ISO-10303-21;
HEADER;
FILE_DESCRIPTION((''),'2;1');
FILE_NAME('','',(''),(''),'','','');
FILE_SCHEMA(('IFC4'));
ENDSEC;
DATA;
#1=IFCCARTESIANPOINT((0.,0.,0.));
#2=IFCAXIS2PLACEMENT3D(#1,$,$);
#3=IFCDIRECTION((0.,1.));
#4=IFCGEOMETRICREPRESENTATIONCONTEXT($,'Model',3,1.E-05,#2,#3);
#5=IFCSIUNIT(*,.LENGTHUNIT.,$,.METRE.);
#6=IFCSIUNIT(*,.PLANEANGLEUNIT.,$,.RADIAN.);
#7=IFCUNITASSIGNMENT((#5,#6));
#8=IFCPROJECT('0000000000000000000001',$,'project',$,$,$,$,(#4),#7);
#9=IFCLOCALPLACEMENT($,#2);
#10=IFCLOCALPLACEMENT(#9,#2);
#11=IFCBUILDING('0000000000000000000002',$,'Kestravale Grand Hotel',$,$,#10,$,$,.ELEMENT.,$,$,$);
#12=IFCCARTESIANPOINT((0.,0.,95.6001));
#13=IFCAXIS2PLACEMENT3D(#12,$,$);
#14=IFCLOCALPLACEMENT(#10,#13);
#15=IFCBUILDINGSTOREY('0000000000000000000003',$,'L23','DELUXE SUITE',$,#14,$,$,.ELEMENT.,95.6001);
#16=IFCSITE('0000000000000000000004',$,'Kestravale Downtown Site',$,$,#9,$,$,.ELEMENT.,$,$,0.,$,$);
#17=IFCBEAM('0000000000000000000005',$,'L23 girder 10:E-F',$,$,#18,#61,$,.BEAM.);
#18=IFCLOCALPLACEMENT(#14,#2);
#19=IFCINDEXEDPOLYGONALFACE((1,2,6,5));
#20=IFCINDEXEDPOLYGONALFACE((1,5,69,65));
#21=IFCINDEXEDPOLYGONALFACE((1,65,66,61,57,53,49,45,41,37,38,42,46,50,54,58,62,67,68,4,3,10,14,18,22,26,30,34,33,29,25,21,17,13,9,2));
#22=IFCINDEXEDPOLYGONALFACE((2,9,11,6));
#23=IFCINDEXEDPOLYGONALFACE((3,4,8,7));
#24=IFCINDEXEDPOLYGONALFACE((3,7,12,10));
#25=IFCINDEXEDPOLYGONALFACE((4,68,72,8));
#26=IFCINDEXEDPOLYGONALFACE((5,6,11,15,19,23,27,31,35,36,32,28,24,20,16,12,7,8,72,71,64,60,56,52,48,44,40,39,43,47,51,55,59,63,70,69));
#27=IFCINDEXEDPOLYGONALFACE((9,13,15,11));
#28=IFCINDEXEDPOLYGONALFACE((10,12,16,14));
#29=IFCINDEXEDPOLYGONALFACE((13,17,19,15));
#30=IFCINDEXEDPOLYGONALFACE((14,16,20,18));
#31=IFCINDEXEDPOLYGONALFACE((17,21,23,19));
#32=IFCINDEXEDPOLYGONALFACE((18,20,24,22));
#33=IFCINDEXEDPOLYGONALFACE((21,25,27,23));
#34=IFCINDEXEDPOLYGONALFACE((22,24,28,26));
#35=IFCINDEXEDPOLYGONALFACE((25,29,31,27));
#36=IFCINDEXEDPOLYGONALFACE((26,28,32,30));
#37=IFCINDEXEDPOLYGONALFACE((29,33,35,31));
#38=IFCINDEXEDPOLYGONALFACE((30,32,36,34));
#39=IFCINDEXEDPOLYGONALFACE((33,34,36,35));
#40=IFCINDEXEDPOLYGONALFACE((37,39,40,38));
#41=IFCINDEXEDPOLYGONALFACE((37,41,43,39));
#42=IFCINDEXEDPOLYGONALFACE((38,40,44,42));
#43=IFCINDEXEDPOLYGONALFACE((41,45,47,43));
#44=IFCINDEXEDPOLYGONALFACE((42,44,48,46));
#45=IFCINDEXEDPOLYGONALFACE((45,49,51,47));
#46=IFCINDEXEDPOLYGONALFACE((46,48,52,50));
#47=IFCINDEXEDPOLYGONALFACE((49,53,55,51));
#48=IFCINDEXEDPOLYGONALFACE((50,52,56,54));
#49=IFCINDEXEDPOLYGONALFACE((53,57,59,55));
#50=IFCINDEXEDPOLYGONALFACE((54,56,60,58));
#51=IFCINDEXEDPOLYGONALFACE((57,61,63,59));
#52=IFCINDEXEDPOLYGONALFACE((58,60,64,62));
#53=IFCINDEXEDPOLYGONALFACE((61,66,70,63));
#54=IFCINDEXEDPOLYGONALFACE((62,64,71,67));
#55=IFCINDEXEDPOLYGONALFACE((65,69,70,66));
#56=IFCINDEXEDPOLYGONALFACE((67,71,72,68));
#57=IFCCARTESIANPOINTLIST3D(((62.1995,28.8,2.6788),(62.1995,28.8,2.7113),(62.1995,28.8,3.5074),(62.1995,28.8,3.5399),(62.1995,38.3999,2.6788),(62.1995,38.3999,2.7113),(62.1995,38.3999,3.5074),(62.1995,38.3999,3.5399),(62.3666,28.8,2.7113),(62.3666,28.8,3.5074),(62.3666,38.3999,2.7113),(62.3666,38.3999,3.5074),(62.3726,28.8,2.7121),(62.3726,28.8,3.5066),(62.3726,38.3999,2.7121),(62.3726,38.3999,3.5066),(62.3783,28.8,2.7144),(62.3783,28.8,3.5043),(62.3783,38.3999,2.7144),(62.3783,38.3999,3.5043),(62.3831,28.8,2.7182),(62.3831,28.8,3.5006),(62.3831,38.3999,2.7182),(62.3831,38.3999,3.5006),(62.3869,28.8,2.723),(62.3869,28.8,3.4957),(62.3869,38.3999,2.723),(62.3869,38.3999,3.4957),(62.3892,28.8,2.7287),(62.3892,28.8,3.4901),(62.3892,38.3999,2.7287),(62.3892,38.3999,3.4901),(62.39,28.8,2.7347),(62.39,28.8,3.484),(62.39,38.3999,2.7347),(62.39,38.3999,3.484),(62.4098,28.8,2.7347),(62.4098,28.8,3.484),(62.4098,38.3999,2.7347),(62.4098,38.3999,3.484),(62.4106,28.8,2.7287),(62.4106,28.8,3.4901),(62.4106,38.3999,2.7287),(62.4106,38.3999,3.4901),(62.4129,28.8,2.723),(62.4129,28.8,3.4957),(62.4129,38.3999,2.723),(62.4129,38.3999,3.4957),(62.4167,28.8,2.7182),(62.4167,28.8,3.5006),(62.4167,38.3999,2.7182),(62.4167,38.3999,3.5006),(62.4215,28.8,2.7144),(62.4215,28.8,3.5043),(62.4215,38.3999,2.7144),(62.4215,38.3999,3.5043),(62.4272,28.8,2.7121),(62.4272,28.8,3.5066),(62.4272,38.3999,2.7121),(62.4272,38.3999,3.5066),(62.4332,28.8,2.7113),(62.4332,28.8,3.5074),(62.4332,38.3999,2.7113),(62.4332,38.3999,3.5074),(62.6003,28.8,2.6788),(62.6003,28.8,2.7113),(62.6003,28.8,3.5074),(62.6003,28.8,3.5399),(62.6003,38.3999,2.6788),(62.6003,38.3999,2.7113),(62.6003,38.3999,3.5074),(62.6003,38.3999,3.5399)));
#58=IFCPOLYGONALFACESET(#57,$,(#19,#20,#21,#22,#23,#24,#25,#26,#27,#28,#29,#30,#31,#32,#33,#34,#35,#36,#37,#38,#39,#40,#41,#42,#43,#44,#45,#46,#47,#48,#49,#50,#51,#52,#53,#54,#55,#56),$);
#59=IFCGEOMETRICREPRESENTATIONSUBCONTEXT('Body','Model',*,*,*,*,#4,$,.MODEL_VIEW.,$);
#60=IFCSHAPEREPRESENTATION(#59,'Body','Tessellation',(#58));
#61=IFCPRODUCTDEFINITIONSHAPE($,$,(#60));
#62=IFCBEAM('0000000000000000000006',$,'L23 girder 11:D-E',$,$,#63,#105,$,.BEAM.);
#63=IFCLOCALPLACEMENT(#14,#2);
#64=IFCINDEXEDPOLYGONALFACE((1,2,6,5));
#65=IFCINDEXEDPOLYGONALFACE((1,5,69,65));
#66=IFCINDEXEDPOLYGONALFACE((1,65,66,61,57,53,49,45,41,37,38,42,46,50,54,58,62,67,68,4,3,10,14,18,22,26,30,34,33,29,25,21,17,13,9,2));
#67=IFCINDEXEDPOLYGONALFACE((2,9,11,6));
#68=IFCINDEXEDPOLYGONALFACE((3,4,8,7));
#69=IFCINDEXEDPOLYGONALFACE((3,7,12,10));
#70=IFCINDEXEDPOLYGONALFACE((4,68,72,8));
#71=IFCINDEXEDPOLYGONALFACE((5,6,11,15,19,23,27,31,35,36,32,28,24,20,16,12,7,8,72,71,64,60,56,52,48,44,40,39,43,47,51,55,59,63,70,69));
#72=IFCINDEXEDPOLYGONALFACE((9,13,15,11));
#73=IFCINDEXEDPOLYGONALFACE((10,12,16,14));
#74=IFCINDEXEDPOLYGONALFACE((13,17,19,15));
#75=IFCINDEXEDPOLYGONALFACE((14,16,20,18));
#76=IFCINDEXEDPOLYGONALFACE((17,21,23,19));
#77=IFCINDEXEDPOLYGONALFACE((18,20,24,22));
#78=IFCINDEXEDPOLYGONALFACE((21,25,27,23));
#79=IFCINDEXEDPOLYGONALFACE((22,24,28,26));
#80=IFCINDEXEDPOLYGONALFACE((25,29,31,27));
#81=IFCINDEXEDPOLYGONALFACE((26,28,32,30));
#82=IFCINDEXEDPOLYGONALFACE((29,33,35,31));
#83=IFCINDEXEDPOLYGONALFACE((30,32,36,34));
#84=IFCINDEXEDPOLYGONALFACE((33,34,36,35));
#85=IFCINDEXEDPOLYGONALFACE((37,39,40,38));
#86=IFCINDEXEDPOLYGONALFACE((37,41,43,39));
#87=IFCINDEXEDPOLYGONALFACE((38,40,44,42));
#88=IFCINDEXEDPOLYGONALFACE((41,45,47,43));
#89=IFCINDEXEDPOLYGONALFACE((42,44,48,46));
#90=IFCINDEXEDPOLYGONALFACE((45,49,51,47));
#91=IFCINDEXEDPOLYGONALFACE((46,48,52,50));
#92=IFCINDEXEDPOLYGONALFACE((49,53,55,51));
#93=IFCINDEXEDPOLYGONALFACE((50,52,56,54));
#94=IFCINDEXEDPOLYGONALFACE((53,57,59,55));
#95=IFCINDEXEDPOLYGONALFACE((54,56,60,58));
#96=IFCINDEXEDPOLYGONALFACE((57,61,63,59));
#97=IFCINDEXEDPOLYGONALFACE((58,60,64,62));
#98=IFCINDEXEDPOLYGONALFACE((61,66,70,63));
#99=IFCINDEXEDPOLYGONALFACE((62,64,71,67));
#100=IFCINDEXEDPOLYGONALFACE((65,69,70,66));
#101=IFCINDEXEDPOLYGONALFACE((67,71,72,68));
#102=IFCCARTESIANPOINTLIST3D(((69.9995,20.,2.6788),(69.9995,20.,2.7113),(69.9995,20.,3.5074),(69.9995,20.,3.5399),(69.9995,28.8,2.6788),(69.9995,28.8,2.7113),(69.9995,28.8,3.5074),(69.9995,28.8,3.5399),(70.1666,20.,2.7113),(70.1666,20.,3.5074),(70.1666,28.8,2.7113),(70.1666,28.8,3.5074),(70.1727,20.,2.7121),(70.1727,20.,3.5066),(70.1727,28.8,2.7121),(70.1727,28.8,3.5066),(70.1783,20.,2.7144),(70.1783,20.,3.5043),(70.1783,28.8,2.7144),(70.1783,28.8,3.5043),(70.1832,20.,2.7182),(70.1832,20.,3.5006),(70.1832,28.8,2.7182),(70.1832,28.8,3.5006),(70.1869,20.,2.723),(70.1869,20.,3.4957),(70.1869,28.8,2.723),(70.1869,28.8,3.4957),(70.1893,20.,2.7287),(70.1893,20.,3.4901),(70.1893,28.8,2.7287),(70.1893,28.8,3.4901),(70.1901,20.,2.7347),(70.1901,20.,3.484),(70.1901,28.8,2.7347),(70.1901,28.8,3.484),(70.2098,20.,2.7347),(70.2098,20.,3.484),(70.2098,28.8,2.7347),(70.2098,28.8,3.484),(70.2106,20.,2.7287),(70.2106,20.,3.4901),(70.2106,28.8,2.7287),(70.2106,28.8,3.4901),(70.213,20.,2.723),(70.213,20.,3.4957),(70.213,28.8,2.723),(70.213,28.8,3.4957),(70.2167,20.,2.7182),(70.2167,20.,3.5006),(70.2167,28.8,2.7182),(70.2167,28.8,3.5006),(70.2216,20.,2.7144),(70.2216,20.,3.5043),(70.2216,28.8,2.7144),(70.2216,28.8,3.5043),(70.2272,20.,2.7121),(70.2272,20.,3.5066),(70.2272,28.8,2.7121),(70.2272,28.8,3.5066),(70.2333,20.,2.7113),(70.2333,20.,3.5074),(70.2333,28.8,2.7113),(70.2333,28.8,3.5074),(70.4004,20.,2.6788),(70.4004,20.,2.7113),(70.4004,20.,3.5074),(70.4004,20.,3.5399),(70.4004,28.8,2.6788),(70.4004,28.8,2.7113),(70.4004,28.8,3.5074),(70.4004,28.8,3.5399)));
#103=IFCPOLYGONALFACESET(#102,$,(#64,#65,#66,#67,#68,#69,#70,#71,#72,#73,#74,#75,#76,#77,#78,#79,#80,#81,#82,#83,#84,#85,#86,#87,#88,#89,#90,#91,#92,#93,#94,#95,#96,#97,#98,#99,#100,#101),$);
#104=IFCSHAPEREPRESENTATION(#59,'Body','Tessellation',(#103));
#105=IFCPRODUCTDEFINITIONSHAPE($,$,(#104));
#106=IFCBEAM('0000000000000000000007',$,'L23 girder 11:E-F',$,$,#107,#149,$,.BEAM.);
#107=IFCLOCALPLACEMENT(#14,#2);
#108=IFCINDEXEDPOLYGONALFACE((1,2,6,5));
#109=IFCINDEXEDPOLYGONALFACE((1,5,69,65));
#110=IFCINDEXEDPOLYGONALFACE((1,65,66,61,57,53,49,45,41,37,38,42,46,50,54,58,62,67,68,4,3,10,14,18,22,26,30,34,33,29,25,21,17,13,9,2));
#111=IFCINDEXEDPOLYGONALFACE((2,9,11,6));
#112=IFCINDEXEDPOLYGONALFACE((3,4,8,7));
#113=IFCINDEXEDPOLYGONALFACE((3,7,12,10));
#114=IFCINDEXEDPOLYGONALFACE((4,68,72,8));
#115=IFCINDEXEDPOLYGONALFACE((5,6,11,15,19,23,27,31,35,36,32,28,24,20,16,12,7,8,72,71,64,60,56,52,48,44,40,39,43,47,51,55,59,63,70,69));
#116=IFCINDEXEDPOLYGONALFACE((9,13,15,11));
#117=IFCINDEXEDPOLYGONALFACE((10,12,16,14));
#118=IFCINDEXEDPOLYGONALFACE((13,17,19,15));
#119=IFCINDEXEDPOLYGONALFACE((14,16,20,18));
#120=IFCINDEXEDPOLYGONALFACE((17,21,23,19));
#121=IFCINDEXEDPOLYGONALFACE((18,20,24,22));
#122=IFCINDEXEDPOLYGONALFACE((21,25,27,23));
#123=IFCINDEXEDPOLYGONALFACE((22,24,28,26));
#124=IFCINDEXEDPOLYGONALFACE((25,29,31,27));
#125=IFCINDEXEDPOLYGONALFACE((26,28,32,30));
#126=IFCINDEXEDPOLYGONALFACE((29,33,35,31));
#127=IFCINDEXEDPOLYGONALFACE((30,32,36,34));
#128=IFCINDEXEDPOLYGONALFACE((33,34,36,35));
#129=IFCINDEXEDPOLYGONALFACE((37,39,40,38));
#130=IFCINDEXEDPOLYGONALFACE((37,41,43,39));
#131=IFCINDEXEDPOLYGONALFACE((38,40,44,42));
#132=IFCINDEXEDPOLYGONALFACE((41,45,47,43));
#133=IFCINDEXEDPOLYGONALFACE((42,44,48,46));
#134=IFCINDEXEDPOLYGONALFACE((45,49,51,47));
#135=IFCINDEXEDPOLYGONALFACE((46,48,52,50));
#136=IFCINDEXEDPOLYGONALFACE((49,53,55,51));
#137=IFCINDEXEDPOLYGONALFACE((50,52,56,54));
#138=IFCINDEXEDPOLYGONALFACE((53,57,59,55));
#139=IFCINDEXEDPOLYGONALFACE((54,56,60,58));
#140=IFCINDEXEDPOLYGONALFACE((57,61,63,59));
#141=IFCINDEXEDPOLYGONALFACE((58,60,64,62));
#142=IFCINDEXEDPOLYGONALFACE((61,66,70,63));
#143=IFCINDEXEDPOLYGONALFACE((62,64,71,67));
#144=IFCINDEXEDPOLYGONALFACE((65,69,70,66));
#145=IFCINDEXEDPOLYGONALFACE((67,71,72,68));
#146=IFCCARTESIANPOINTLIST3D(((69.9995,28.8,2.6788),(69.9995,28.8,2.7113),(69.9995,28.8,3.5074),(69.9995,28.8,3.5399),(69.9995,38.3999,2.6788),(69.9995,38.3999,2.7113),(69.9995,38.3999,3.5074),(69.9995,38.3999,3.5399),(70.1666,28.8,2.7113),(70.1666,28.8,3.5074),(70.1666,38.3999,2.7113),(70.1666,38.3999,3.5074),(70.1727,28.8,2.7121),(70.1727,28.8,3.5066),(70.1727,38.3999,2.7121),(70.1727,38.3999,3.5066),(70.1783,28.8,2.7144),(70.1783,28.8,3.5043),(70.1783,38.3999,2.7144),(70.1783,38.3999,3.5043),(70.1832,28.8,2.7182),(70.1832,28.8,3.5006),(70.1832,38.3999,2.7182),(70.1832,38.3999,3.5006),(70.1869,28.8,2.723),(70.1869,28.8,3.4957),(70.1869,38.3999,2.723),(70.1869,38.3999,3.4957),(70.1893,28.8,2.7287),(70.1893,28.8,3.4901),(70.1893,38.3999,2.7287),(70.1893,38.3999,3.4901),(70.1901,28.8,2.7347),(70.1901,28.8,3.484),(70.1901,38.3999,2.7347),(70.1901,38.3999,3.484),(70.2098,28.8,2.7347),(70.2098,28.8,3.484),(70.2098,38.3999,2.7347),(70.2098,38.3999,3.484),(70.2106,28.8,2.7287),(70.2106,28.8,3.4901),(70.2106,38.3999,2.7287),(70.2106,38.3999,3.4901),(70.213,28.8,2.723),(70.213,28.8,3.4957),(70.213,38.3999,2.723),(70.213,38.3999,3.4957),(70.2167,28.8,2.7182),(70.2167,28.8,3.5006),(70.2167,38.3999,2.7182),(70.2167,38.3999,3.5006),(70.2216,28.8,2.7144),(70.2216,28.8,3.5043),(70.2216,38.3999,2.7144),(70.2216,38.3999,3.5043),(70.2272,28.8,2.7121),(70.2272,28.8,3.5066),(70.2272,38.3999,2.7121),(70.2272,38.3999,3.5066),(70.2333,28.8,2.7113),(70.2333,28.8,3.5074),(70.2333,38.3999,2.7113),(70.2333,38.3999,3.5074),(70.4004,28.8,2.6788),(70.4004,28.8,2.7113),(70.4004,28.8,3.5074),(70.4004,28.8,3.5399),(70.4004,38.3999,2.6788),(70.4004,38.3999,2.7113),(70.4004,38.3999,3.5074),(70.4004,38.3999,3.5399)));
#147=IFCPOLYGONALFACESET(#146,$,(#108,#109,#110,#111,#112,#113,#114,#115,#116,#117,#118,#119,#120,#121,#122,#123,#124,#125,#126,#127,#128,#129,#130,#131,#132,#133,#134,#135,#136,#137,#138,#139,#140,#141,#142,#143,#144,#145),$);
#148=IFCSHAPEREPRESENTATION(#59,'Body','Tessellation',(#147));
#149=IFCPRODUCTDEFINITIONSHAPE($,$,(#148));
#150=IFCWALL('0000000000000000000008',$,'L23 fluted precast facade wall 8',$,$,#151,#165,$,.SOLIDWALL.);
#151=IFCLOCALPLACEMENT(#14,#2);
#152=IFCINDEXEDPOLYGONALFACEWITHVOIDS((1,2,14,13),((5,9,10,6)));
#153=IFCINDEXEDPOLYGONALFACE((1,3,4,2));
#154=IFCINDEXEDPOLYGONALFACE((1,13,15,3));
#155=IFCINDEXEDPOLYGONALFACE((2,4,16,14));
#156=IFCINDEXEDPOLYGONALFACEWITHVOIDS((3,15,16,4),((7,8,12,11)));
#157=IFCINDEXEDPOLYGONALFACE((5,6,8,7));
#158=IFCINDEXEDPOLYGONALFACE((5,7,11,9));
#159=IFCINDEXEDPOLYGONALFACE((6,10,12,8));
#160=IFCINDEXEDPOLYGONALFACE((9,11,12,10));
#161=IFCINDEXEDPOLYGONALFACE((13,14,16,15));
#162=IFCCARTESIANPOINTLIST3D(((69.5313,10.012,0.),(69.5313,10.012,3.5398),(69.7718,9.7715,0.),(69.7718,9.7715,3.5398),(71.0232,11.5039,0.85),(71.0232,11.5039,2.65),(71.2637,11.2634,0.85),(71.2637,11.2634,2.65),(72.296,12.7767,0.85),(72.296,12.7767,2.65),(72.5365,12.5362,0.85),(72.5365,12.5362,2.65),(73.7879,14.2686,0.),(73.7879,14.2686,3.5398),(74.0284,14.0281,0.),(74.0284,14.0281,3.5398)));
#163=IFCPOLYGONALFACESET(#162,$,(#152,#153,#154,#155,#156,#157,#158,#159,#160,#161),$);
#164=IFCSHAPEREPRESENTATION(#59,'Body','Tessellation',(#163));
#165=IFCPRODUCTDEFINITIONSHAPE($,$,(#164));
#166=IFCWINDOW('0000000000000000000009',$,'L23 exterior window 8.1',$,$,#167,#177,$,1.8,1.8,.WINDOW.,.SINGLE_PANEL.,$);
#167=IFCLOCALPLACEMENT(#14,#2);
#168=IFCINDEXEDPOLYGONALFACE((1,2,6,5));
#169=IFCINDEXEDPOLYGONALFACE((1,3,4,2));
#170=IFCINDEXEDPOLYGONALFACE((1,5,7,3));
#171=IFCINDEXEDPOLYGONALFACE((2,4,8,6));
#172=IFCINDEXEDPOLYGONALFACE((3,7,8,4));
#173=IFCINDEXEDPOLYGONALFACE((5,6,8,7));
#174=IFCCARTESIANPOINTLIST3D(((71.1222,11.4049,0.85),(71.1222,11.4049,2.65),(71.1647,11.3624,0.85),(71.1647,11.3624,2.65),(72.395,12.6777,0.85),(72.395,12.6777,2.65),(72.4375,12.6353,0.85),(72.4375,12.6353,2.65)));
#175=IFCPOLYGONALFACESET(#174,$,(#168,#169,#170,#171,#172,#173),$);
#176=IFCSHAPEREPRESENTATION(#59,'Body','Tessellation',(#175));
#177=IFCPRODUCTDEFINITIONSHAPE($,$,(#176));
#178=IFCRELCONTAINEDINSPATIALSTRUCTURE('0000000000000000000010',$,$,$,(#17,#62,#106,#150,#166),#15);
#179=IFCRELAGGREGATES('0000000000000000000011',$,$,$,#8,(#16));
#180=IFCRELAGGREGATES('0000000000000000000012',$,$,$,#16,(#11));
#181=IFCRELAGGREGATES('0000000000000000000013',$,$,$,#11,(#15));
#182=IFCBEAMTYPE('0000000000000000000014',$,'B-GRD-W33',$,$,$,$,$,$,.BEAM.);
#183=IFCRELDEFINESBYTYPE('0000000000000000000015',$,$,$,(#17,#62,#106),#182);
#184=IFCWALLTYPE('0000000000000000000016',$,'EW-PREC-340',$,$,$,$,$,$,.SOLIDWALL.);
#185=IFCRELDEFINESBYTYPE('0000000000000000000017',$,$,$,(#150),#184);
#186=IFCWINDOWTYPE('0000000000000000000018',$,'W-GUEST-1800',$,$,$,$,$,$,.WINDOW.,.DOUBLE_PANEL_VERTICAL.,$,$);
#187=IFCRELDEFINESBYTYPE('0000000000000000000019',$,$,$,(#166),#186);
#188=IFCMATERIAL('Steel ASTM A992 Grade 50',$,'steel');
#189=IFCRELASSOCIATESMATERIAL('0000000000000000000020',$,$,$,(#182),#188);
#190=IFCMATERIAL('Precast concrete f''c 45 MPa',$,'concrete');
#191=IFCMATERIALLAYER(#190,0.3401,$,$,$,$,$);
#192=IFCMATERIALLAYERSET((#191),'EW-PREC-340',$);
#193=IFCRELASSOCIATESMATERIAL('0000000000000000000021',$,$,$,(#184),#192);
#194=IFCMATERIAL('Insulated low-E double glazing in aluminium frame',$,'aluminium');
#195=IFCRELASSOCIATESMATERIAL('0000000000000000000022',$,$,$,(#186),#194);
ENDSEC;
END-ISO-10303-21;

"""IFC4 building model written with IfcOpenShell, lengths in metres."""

from ifc_helpers import new_model, si_unit, direction, frame, frame_2d, origin, origin_2d, place, context, subcontext, project, spatial, rectangle, i_section, extrude, material, layer, layer_set, material_profile, profile_set, type_object, element, fill, save


model = new_model("IFC4")

# Units and contexts
model_context = context("Model", 3, precision=1e-05, world=origin(), true_north=direction((0.0, 1.0)))
body_context = subcontext(model_context, "Body", "Model", "MODEL_VIEW")
ifc_project = project(units=[si_unit("LENGTHUNIT", "METRE"), si_unit("PLANEANGLEUNIT", "RADIAN")], contexts=[model_context])

# Site, building, storey
site_placement = place(None, origin())
site = spatial("IfcSite", under=ifc_project, at=site_placement, Name="Kestravale Downtown Site", CompositionType="ELEMENT", RefElevation=0.0)
building_placement = place(site_placement, origin())
building = spatial("IfcBuilding", under=site, at=building_placement, Name="Kestravale Grand Hotel", CompositionType="ELEMENT")
storey_placement = place(building_placement, frame((0.0, 0.0, 95.6001)))
storey = spatial("IfcBuildingStorey", under=building, at=storey_placement, Name="L23", Description="DELUXE SUITE", CompositionType="ELEMENT", Elevation=95.6001)

# Beams
ifc_material_1 = material(Name="Steel ASTM A992 Grade 50", Category="steel")
ifc_material_profile_1 = material_profile(ifc_material_1, i_section(OverallWidth=0.4009, OverallDepth=0.8611, WebThickness=0.0198, FlangeThickness=0.0325, FilletRadius=0.0234, at=origin_2d()))
ifc_profile_set_1 = profile_set([ifc_material_profile_1], Name="Steel ASTM A992 Grade 50")
beam_type_1 = type_object("IfcBeamType", Name="B-GRD-W33", PredefinedType="BEAM", material=ifc_profile_set_1)
beam_1_placement = place(storey_placement, frame((62.3999, 28.8, 3.1094), z_axis=(0.0, 1.0, 0.0), x_axis=(-1.0, 0.0, 0.0)))
element("IfcBeam", 1, at=beam_1_placement, inside=storey, type_object=beam_type_1, Name="L23 girder 10:E-F", PredefinedType="BEAM", context=body_context, shape_type="SweptSolid", body=[
    extrude(i_section(OverallWidth=0.4009, OverallDepth=0.8611, WebThickness=0.0198, FlangeThickness=0.0325, FilletRadius=0.0234, at=origin_2d()), origin(), (0.0, 0.0, 1.0), 9.5999),
])
beam_2_placement = place(storey_placement, frame((70.2, 20.0, 3.1094), z_axis=(0.0, 1.0, 0.0), x_axis=(-1.0, 0.0, 0.0)))
element("IfcBeam", 2, at=beam_2_placement, inside=storey, type_object=beam_type_1, Name="L23 girder 11:D-E", PredefinedType="BEAM", context=body_context, shape_type="SweptSolid", body=[
    extrude(i_section(OverallWidth=0.4009, OverallDepth=0.8611, WebThickness=0.0198, FlangeThickness=0.0325, FilletRadius=0.0234, at=origin_2d()), origin(), (0.0, 0.0, 1.0), 8.8),
])
beam_3_placement = place(storey_placement, frame((70.2, 28.8, 3.1094), z_axis=(0.0, 1.0, 0.0), x_axis=(-1.0, 0.0, 0.0)))
element("IfcBeam", 3, at=beam_3_placement, inside=storey, type_object=beam_type_1, Name="L23 girder 11:E-F", PredefinedType="BEAM", context=body_context, shape_type="SweptSolid", body=[
    extrude(i_section(OverallWidth=0.4009, OverallDepth=0.8611, WebThickness=0.0198, FlangeThickness=0.0325, FilletRadius=0.0234, at=origin_2d()), origin(), (0.0, 0.0, 1.0), 9.5999),
])

# Wall, opening, window
ifc_material_2 = material(Name="Precast concrete f'c 45 MPa", Category="concrete")
ifc_layer_1 = layer(ifc_material_2, 0.3401)
ifc_layer_set_1 = layer_set([ifc_layer_1], Name="EW-PREC-340")
wall_type_1 = type_object("IfcWallType", Name="EW-PREC-340", PredefinedType="SOLIDWALL", material=ifc_layer_set_1)
wall_1_placement = place(storey_placement, frame((69.6516, 9.8918, 0.0), z_axis=(0.0, 0.0, 1.0), x_axis=(0.707107, 0.707107, 0.0)))
wall_1 = element("IfcWall", 4, at=wall_1_placement, inside=storey, type_object=wall_type_1, Name="L23 fluted precast facade wall 8", PredefinedType="SOLIDWALL", context=body_context, shape_type="SweptSolid", body=[
    extrude(rectangle(XDim=6.0198, YDim=0.3401, at=frame_2d((3.0098, 0.0))), origin(), (0.0, 0.0, 1.0), 3.5398),
])
opening_1_placement = place(wall_1_placement, frame((2.1099, 0.0, 0.8501)))
opening_1 = element("IfcOpeningElement", 5, at=opening_1_placement, cuts=wall_1, PredefinedType="OPENING", context=body_context, shape_type="SweptSolid", body=[
    extrude(rectangle(XDim=1.8, YDim=1.8, at=frame_2d((0.8999, 0.8999))), frame((0.0, 0.1799, 0.0), z_axis=(0.0, -1.0, 0.0), x_axis=(1.0, 0.0, 0.0)), (0.0, 0.0, 1.0), 0.3601),
])
ifc_material_3 = material(Name="Insulated low-E double glazing in aluminium frame", Category="aluminium")
window_type = type_object("IfcWindowType", Name="W-GUEST-1800", PartitioningType="DOUBLE_PANEL_VERTICAL", PredefinedType="WINDOW", material=ifc_material_3)
window_1_placement = place(opening_1_placement, origin())
window_1 = element("IfcWindow", 6, at=window_1_placement, inside=storey, type_object=window_type, Name="L23 exterior window 8.1", OverallHeight=1.8, OverallWidth=1.8, PartitioningType="SINGLE_PANEL", PredefinedType="WINDOW", context=body_context, shape_type="SweptSolid", body=[
    extrude(rectangle(XDim=1.8, YDim=1.8, at=frame_2d((0.8999, 0.8999))), frame((0.0, 0.03, 0.0), z_axis=(0.0, -1.0, 0.0), x_axis=(1.0, 0.0, 0.0)), (0.0, 0.0, 1.0), 0.0601),
])
fill(opening_1, window_1)

save(model, "model.ifc")
